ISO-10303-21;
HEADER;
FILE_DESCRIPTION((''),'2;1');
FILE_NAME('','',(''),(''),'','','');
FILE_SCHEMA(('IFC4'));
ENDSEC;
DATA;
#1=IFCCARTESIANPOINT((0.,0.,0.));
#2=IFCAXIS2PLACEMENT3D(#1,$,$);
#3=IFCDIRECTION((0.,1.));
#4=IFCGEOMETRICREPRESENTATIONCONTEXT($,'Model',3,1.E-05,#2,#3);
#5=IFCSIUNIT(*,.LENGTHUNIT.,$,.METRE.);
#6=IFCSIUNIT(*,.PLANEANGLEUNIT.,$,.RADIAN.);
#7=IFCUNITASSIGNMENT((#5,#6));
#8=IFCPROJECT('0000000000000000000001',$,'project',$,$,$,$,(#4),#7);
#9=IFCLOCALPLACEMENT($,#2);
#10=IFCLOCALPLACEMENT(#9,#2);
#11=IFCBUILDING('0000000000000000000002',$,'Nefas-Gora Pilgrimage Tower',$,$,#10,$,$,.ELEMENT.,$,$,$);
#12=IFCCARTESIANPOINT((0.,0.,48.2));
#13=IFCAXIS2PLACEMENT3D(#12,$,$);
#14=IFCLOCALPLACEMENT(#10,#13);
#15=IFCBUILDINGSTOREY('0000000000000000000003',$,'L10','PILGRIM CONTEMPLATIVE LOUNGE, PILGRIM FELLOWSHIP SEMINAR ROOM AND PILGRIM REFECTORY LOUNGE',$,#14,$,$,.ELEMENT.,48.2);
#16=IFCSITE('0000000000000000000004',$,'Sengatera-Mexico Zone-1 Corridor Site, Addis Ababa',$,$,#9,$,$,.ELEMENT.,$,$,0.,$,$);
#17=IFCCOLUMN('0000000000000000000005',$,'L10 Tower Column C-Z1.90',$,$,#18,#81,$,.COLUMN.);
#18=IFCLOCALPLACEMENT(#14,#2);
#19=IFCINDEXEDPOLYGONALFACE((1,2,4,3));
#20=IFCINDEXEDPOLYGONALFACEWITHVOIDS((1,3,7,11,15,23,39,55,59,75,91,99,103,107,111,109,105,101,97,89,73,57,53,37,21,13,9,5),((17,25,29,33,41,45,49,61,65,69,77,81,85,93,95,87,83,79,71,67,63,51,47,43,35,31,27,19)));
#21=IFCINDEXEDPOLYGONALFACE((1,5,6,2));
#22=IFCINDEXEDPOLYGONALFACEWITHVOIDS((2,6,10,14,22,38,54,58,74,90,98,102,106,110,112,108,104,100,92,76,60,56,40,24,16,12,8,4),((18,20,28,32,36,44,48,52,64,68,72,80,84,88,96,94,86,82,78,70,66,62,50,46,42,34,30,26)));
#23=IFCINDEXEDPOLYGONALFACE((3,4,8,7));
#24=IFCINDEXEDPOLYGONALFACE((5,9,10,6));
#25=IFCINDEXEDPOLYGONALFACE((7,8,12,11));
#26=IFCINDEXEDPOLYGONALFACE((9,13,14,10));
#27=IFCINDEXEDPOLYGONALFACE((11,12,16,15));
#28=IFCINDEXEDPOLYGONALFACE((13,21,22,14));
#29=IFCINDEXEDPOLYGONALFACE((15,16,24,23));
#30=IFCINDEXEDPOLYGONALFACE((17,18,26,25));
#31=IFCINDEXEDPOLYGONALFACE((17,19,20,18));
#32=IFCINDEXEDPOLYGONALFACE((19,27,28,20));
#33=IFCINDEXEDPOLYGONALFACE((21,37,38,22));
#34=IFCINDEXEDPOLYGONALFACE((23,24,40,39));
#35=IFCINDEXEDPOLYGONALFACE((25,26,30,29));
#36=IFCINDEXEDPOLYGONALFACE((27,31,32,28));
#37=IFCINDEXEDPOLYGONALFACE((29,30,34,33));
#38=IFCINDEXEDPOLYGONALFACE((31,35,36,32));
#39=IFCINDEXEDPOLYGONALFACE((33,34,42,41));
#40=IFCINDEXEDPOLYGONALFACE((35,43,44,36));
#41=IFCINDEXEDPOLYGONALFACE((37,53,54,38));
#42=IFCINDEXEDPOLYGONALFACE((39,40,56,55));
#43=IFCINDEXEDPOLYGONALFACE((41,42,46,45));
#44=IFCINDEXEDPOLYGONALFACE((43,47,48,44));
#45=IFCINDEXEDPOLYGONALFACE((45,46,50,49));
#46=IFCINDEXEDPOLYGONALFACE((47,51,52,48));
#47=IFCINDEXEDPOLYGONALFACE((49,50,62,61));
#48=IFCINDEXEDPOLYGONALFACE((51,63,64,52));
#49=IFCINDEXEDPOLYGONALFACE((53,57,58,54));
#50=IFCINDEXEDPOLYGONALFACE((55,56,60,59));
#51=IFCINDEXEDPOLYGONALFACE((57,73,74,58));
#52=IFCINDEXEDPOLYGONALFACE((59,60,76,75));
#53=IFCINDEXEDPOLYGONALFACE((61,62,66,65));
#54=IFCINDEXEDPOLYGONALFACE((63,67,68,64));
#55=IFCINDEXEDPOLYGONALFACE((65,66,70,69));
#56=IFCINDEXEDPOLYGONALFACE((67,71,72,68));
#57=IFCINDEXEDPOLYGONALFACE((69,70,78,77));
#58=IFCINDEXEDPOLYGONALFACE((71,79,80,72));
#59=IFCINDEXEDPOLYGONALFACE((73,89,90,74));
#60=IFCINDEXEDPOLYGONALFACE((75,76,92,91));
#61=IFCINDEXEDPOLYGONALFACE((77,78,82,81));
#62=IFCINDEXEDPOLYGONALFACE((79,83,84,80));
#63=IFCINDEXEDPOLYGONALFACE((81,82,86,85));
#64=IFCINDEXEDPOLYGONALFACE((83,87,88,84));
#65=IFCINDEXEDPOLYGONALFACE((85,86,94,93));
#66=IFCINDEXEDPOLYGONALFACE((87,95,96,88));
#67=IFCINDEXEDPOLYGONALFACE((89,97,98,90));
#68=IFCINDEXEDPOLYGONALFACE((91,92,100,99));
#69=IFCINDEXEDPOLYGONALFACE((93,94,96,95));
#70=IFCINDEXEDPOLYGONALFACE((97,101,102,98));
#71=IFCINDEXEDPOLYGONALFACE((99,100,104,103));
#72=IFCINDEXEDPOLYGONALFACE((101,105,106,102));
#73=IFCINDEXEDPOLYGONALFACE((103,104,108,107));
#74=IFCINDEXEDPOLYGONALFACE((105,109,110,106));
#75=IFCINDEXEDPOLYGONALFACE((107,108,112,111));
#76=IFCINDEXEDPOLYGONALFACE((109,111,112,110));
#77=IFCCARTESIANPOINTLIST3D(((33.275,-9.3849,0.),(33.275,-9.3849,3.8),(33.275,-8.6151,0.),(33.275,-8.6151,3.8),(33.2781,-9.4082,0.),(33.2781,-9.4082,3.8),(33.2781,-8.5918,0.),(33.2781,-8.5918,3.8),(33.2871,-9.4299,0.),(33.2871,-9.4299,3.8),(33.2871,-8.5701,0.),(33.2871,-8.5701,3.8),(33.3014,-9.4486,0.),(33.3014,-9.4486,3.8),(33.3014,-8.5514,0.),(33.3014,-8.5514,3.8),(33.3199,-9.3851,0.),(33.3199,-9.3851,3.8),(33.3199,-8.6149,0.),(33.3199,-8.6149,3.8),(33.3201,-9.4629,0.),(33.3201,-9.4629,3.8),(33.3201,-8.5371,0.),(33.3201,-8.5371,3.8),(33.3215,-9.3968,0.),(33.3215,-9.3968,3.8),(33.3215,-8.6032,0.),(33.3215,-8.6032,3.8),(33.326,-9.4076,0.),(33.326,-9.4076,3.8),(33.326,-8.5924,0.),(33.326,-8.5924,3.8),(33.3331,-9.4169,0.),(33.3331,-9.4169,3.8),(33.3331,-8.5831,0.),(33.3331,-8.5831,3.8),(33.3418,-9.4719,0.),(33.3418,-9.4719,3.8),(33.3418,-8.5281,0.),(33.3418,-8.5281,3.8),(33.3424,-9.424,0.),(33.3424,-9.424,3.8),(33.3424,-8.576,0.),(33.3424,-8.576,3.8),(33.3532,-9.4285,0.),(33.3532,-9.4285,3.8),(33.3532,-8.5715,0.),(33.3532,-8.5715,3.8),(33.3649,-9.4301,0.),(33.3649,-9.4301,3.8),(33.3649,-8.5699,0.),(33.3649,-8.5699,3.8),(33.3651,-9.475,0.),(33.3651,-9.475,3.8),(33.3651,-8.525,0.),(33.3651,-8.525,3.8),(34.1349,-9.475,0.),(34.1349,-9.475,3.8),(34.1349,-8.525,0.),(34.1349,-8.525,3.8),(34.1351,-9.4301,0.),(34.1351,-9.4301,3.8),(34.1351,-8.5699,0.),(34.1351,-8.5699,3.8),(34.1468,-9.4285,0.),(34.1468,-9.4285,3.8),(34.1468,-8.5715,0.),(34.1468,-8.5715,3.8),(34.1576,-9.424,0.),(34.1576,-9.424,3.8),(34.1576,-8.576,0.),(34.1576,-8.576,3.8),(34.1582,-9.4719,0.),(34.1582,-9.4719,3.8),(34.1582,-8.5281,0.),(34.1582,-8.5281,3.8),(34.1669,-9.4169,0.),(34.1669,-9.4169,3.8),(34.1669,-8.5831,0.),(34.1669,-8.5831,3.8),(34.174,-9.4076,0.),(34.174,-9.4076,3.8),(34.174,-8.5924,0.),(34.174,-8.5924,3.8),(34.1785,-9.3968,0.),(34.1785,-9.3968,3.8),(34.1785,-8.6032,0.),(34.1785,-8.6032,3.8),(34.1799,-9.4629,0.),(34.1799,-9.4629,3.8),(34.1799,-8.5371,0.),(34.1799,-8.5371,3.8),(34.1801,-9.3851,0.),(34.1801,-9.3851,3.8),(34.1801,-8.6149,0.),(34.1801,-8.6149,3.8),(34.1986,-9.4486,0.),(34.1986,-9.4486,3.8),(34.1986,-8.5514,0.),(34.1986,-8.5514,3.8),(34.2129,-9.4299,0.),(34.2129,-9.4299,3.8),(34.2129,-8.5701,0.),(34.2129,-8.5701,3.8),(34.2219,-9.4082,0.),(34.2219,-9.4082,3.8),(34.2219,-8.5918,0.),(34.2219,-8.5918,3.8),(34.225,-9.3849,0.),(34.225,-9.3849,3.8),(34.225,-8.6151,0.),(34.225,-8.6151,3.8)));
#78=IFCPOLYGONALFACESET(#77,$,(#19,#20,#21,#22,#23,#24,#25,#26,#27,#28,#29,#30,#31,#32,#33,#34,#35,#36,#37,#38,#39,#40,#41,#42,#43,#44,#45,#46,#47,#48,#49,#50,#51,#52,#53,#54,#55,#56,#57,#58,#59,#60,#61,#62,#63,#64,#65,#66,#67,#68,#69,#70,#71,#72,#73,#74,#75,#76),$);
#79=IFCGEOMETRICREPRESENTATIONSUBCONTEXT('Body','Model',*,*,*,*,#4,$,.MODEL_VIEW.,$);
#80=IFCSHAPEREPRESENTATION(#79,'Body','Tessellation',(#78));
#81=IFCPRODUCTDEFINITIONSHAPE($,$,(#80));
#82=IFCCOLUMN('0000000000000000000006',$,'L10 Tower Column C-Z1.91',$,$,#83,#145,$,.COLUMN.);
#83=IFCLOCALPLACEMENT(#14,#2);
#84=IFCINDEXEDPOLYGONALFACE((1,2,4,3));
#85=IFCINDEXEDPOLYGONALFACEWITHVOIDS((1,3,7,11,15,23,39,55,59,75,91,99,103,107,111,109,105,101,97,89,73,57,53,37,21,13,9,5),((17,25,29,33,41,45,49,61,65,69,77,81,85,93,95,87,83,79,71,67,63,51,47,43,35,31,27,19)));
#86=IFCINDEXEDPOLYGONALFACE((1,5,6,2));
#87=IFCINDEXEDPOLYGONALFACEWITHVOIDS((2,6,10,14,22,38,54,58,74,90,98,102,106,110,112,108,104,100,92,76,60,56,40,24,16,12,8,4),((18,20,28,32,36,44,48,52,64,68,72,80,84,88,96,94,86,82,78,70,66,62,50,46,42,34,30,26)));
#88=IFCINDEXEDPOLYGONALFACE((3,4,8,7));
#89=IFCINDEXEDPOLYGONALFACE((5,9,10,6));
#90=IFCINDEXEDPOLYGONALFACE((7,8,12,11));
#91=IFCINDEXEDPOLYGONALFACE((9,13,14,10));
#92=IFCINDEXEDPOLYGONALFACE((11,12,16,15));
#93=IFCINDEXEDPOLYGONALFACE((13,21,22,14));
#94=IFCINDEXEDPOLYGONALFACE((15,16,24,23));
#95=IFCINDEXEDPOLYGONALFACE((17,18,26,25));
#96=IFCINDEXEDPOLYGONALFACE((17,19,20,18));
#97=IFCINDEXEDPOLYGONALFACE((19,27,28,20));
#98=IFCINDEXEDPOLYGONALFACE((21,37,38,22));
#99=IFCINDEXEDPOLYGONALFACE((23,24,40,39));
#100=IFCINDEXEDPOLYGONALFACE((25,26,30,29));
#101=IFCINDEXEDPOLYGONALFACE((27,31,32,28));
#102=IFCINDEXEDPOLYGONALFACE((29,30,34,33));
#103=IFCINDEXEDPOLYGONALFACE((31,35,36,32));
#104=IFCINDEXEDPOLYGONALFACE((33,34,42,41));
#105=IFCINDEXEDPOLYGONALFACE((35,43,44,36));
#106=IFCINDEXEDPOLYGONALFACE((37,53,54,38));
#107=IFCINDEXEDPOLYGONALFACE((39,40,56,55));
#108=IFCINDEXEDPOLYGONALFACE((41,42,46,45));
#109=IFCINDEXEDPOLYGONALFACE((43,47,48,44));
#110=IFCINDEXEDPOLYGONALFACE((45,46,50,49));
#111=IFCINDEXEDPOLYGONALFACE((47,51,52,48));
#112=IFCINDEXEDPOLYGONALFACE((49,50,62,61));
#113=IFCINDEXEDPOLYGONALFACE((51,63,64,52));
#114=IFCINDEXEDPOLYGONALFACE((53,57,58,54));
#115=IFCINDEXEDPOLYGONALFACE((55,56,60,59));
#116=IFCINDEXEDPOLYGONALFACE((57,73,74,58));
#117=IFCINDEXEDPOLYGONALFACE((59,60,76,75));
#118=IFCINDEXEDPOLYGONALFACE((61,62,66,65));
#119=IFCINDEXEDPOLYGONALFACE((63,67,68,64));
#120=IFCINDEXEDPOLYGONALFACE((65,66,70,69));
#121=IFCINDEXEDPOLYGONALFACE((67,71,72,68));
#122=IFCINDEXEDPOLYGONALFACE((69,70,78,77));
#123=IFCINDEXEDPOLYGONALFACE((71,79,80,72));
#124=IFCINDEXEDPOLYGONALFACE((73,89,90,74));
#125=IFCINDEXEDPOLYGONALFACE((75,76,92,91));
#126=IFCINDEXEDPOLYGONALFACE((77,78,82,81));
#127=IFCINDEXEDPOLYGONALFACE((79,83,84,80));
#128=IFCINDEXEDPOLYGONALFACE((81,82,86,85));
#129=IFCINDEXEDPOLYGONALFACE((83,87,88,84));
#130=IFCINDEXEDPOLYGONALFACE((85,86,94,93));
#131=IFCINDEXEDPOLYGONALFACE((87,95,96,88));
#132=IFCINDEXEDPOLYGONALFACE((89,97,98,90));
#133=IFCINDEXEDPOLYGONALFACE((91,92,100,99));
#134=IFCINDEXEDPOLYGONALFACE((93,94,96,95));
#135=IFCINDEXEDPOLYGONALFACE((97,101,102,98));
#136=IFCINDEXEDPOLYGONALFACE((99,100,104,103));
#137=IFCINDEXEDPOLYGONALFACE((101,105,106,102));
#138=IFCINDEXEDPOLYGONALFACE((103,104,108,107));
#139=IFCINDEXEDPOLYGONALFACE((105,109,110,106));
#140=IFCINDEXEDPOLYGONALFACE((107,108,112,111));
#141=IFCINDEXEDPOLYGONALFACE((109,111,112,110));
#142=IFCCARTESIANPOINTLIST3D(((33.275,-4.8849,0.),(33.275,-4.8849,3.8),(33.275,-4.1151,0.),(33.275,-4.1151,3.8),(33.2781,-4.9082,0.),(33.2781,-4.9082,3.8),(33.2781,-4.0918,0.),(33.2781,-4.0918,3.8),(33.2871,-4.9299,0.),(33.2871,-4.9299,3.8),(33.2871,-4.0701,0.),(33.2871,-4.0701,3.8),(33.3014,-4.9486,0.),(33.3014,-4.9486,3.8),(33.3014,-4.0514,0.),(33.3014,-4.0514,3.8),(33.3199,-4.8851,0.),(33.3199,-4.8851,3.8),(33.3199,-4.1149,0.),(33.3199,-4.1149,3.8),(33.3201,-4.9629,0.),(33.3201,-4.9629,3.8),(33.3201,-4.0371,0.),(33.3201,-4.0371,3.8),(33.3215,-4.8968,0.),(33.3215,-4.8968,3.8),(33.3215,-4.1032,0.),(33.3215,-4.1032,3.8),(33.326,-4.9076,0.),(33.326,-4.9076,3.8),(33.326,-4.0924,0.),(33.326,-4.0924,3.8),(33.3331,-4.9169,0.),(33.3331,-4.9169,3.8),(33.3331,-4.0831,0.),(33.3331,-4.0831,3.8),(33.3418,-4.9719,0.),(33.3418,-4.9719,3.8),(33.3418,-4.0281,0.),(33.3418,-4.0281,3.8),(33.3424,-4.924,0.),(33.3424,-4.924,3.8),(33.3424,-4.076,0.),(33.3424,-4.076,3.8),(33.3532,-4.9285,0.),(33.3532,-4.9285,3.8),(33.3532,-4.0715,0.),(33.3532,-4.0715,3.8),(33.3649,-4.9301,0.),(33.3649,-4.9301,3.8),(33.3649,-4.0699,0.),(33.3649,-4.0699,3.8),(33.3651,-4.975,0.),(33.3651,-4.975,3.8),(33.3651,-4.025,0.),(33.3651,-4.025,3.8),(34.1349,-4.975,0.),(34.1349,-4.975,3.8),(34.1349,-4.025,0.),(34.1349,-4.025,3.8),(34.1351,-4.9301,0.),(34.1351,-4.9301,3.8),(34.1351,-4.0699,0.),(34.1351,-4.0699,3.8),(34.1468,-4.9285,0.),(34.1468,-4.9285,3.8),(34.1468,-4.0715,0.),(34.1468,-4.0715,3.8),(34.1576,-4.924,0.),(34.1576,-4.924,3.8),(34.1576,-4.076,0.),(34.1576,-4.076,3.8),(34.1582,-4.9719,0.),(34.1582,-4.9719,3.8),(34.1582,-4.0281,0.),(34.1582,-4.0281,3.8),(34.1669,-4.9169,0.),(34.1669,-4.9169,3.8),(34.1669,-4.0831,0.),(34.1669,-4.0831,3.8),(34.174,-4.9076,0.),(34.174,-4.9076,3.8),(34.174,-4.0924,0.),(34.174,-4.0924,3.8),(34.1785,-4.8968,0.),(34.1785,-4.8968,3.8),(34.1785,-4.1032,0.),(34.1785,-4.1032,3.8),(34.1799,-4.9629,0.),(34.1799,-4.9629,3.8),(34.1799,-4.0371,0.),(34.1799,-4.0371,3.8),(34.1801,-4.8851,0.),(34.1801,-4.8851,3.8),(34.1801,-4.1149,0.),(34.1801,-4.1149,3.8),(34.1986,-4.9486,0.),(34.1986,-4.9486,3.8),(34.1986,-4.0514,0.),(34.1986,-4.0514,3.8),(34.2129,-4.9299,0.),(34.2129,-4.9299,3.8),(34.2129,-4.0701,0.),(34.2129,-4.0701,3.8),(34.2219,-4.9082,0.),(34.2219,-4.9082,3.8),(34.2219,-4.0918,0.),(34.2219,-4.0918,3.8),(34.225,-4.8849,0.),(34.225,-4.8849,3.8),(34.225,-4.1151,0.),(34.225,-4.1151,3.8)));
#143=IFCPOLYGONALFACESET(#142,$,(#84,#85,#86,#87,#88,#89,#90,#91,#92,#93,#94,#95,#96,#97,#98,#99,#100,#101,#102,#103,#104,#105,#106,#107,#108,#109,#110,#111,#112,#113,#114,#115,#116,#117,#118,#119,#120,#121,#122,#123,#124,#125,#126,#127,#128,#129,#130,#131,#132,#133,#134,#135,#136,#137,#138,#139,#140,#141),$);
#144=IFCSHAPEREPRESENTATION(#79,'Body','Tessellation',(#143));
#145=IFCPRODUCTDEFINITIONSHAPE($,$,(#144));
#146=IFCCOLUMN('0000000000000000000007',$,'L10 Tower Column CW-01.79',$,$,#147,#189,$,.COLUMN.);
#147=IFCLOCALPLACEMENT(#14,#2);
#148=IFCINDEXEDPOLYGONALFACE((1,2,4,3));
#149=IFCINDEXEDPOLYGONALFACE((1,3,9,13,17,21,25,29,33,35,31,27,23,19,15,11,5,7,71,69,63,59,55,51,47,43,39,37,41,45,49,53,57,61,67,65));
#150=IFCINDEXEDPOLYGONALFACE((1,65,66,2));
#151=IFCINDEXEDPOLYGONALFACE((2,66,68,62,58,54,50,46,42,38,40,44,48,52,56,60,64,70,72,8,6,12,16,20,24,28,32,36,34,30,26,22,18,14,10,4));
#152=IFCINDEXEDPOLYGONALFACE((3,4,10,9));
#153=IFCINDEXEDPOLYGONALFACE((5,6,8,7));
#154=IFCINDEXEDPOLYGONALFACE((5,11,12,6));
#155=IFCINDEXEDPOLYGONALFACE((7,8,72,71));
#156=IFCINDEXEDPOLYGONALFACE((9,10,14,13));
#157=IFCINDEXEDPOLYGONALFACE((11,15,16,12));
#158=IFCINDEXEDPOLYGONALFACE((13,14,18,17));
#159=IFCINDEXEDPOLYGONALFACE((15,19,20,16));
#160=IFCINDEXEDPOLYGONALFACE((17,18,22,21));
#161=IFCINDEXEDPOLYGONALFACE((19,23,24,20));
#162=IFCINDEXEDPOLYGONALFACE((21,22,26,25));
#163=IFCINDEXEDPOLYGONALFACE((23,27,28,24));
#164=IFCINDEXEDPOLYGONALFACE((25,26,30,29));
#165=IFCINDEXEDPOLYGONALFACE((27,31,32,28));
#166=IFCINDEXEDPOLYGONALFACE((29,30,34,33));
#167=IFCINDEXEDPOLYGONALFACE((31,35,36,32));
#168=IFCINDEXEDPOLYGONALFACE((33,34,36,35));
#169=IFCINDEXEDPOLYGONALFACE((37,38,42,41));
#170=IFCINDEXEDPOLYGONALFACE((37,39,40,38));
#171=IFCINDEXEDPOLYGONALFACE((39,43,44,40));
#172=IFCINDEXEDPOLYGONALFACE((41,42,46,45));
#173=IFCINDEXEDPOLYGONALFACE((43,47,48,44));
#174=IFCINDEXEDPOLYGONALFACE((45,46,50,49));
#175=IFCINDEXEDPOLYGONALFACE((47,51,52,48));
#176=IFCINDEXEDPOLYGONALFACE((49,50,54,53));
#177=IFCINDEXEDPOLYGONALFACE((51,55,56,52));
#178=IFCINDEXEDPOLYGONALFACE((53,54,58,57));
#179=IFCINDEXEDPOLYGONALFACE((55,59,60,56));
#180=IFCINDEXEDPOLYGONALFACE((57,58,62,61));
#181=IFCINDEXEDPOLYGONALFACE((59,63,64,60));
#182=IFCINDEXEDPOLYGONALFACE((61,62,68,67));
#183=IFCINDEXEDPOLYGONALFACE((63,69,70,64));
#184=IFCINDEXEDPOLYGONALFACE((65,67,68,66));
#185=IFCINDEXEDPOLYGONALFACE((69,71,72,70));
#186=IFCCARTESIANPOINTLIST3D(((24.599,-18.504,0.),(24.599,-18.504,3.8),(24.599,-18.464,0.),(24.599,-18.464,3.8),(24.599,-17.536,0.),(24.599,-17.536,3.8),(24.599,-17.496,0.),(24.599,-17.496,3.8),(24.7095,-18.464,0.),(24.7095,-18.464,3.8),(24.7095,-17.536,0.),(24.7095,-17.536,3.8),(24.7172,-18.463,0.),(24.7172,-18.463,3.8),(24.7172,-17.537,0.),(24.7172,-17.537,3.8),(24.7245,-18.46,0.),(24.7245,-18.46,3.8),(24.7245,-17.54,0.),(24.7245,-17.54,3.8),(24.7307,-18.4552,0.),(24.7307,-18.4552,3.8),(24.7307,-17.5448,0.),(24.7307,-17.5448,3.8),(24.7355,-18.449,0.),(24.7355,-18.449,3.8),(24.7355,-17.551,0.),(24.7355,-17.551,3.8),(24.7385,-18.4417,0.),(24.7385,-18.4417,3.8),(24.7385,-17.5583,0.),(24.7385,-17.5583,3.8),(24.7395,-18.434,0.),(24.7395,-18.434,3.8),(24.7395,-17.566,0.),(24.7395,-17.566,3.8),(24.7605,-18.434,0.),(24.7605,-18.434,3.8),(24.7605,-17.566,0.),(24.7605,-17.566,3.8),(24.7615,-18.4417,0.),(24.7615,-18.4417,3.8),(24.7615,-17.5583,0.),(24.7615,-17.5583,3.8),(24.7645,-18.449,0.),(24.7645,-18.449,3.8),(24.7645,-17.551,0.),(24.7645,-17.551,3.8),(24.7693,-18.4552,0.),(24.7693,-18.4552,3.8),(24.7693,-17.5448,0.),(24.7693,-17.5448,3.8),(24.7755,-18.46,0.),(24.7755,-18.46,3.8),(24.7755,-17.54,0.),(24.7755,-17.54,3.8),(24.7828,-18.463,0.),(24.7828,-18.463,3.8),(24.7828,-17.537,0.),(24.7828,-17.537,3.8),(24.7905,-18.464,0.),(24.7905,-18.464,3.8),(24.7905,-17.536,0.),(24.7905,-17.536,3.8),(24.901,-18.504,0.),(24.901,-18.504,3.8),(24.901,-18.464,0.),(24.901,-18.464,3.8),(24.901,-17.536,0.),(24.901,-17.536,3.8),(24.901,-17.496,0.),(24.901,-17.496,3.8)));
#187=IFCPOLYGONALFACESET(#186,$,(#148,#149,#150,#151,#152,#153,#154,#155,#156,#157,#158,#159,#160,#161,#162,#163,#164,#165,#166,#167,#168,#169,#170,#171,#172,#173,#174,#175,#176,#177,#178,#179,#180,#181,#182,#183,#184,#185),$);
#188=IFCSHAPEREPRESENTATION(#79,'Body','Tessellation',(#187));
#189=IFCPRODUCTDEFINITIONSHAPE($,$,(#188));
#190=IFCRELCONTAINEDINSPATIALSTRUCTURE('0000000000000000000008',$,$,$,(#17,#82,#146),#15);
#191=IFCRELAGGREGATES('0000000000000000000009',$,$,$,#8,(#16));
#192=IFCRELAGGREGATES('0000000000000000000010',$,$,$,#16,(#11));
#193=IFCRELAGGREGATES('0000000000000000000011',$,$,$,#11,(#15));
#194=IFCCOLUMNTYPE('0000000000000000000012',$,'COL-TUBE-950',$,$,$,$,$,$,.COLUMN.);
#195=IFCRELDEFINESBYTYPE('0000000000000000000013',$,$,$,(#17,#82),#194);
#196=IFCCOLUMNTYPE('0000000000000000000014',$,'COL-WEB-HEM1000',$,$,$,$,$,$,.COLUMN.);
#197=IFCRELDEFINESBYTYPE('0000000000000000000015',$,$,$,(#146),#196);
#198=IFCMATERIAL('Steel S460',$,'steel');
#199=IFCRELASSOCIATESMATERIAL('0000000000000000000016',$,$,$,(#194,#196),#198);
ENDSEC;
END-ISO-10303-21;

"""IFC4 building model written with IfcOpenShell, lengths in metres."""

from ifc_helpers import new_model, si_unit, direction, frame, origin, origin_2d, place, context, subcontext, project, spatial, hollow_rectangle, i_section, extrude, source, transform, mapped, material, material_profile, profile_set, type_object, element, save


model = new_model("IFC4")

# Units and contexts
model_context = context("Model", 3, precision=1e-05, world=origin(), true_north=direction((0.0, 1.0)))
body_context = subcontext(model_context, "Body", "Model", "MODEL_VIEW")
ifc_project = project(units=[si_unit("LENGTHUNIT", "METRE"), si_unit("PLANEANGLEUNIT", "RADIAN")], contexts=[model_context])

# Site, building, storey
site_placement = place(None, origin())
site = spatial("IfcSite", under=ifc_project, at=site_placement, Name="Sengatera-Mexico Zone-1 Corridor Site, Addis Ababa", CompositionType="ELEMENT", RefElevation=0.0)
building_placement = place(site_placement, origin())
building = spatial("IfcBuilding", under=site, at=building_placement, Name="Nefas-Gora Pilgrimage Tower", CompositionType="ELEMENT")
storey_placement = place(building_placement, frame((0.0, 0.0, 48.2)))
storey = spatial("IfcBuildingStorey", under=building, at=storey_placement, Name="L10", Description="PILGRIM CONTEMPLATIVE LOUNGE, PILGRIM FELLOWSHIP SEMINAR ROOM AND PILGRIM REFECTORY LOUNGE", CompositionType="ELEMENT", Elevation=48.2)

# Columns
ifc_material_1 = material(Name="Steel S460", Category="steel")
ifc_material_profile_1 = material_profile(ifc_material_1, hollow_rectangle(XDim=0.95, YDim=0.95, WallThickness=0.0449, InnerFilletRadius=0.0449, OuterFilletRadius=0.0901, at=origin_2d()), Name="BOX 950x950x45")
ifc_profile_set_1 = profile_set([ifc_material_profile_1], Name="Steel S460")
column_type_1 = type_object("IfcColumnType", Name="COL-TUBE-950", PredefinedType="COLUMN", material=ifc_profile_set_1)
shared_shape_1 = source(origin(), body_context, "Body", "SweptSolid", [
    extrude(hollow_rectangle(XDim=0.95, YDim=0.95, WallThickness=0.0449, InnerFilletRadius=0.0449, OuterFilletRadius=0.0901, at=origin_2d()), origin(), (0.0, 0.0, 1.0), 3.8),
])
for number, where, z_axis, x_axis, name in (
    (1, (33.75, -9.0, 0.0), (0.0, 0.0, 1.0), (1.0, 0.0, 0.0), "L10 Tower Column C-Z1.90"),
    (2, (33.75, -4.5, 0.0), (0.0, 0.0, 1.0), (1.0, 0.0, 0.0), "L10 Tower Column C-Z1.91"),
):
    element("IfcColumn", number, at=place(storey_placement, frame(where, z_axis=z_axis, x_axis=x_axis)), inside=storey, type_object=column_type_1, Name=name, PredefinedType="COLUMN", context=body_context, shape_type="MappedRepresentation", body=[
        mapped(shared_shape_1, transform((0.0, 0.0, 0.0), x_axis=(1.0, 0.0, 0.0), y_axis=(0.0, 1.0, 0.0), z_axis=(0.0, 0.0, 1.0), scale=1.0)),
    ])
ifc_material_profile_2 = material_profile(ifc_material_1, i_section(OverallWidth=0.302, OverallDepth=1.0081, WebThickness=0.021, FlangeThickness=0.04, FilletRadius=0.03, at=origin_2d()), Name="HEM 1000")
ifc_profile_set_2 = profile_set([ifc_material_profile_2], Name="Steel S460")
column_type_2 = type_object("IfcColumnType", Name="COL-WEB-HEM1000", PredefinedType="COLUMN", material=ifc_profile_set_2)
shared_shape_2 = source(origin(), body_context, "Body", "SweptSolid", [
    extrude(i_section(OverallWidth=0.302, OverallDepth=1.0081, WebThickness=0.021, FlangeThickness=0.04, FilletRadius=0.03, at=origin_2d()), origin(), (0.0, 0.0, 1.0), 3.8),
])
for number, where, z_axis, x_axis, name in (
    (3, (24.75, -18.0, 0.0), (0.0, 0.0, 1.0), (1.0, 0.0, 0.0), "L10 Tower Column CW-01.79"),
):
    element("IfcColumn", number, at=place(storey_placement, frame(where, z_axis=z_axis, x_axis=x_axis)), inside=storey, type_object=column_type_2, Name=name, PredefinedType="COLUMN", context=body_context, shape_type="MappedRepresentation", body=[
        mapped(shared_shape_2, transform((0.0, 0.0, 0.0), x_axis=(1.0, 0.0, 0.0), y_axis=(0.0, 1.0, 0.0), z_axis=(0.0, 0.0, 1.0), scale=1.0)),
    ])

save(model, "model.ifc")
